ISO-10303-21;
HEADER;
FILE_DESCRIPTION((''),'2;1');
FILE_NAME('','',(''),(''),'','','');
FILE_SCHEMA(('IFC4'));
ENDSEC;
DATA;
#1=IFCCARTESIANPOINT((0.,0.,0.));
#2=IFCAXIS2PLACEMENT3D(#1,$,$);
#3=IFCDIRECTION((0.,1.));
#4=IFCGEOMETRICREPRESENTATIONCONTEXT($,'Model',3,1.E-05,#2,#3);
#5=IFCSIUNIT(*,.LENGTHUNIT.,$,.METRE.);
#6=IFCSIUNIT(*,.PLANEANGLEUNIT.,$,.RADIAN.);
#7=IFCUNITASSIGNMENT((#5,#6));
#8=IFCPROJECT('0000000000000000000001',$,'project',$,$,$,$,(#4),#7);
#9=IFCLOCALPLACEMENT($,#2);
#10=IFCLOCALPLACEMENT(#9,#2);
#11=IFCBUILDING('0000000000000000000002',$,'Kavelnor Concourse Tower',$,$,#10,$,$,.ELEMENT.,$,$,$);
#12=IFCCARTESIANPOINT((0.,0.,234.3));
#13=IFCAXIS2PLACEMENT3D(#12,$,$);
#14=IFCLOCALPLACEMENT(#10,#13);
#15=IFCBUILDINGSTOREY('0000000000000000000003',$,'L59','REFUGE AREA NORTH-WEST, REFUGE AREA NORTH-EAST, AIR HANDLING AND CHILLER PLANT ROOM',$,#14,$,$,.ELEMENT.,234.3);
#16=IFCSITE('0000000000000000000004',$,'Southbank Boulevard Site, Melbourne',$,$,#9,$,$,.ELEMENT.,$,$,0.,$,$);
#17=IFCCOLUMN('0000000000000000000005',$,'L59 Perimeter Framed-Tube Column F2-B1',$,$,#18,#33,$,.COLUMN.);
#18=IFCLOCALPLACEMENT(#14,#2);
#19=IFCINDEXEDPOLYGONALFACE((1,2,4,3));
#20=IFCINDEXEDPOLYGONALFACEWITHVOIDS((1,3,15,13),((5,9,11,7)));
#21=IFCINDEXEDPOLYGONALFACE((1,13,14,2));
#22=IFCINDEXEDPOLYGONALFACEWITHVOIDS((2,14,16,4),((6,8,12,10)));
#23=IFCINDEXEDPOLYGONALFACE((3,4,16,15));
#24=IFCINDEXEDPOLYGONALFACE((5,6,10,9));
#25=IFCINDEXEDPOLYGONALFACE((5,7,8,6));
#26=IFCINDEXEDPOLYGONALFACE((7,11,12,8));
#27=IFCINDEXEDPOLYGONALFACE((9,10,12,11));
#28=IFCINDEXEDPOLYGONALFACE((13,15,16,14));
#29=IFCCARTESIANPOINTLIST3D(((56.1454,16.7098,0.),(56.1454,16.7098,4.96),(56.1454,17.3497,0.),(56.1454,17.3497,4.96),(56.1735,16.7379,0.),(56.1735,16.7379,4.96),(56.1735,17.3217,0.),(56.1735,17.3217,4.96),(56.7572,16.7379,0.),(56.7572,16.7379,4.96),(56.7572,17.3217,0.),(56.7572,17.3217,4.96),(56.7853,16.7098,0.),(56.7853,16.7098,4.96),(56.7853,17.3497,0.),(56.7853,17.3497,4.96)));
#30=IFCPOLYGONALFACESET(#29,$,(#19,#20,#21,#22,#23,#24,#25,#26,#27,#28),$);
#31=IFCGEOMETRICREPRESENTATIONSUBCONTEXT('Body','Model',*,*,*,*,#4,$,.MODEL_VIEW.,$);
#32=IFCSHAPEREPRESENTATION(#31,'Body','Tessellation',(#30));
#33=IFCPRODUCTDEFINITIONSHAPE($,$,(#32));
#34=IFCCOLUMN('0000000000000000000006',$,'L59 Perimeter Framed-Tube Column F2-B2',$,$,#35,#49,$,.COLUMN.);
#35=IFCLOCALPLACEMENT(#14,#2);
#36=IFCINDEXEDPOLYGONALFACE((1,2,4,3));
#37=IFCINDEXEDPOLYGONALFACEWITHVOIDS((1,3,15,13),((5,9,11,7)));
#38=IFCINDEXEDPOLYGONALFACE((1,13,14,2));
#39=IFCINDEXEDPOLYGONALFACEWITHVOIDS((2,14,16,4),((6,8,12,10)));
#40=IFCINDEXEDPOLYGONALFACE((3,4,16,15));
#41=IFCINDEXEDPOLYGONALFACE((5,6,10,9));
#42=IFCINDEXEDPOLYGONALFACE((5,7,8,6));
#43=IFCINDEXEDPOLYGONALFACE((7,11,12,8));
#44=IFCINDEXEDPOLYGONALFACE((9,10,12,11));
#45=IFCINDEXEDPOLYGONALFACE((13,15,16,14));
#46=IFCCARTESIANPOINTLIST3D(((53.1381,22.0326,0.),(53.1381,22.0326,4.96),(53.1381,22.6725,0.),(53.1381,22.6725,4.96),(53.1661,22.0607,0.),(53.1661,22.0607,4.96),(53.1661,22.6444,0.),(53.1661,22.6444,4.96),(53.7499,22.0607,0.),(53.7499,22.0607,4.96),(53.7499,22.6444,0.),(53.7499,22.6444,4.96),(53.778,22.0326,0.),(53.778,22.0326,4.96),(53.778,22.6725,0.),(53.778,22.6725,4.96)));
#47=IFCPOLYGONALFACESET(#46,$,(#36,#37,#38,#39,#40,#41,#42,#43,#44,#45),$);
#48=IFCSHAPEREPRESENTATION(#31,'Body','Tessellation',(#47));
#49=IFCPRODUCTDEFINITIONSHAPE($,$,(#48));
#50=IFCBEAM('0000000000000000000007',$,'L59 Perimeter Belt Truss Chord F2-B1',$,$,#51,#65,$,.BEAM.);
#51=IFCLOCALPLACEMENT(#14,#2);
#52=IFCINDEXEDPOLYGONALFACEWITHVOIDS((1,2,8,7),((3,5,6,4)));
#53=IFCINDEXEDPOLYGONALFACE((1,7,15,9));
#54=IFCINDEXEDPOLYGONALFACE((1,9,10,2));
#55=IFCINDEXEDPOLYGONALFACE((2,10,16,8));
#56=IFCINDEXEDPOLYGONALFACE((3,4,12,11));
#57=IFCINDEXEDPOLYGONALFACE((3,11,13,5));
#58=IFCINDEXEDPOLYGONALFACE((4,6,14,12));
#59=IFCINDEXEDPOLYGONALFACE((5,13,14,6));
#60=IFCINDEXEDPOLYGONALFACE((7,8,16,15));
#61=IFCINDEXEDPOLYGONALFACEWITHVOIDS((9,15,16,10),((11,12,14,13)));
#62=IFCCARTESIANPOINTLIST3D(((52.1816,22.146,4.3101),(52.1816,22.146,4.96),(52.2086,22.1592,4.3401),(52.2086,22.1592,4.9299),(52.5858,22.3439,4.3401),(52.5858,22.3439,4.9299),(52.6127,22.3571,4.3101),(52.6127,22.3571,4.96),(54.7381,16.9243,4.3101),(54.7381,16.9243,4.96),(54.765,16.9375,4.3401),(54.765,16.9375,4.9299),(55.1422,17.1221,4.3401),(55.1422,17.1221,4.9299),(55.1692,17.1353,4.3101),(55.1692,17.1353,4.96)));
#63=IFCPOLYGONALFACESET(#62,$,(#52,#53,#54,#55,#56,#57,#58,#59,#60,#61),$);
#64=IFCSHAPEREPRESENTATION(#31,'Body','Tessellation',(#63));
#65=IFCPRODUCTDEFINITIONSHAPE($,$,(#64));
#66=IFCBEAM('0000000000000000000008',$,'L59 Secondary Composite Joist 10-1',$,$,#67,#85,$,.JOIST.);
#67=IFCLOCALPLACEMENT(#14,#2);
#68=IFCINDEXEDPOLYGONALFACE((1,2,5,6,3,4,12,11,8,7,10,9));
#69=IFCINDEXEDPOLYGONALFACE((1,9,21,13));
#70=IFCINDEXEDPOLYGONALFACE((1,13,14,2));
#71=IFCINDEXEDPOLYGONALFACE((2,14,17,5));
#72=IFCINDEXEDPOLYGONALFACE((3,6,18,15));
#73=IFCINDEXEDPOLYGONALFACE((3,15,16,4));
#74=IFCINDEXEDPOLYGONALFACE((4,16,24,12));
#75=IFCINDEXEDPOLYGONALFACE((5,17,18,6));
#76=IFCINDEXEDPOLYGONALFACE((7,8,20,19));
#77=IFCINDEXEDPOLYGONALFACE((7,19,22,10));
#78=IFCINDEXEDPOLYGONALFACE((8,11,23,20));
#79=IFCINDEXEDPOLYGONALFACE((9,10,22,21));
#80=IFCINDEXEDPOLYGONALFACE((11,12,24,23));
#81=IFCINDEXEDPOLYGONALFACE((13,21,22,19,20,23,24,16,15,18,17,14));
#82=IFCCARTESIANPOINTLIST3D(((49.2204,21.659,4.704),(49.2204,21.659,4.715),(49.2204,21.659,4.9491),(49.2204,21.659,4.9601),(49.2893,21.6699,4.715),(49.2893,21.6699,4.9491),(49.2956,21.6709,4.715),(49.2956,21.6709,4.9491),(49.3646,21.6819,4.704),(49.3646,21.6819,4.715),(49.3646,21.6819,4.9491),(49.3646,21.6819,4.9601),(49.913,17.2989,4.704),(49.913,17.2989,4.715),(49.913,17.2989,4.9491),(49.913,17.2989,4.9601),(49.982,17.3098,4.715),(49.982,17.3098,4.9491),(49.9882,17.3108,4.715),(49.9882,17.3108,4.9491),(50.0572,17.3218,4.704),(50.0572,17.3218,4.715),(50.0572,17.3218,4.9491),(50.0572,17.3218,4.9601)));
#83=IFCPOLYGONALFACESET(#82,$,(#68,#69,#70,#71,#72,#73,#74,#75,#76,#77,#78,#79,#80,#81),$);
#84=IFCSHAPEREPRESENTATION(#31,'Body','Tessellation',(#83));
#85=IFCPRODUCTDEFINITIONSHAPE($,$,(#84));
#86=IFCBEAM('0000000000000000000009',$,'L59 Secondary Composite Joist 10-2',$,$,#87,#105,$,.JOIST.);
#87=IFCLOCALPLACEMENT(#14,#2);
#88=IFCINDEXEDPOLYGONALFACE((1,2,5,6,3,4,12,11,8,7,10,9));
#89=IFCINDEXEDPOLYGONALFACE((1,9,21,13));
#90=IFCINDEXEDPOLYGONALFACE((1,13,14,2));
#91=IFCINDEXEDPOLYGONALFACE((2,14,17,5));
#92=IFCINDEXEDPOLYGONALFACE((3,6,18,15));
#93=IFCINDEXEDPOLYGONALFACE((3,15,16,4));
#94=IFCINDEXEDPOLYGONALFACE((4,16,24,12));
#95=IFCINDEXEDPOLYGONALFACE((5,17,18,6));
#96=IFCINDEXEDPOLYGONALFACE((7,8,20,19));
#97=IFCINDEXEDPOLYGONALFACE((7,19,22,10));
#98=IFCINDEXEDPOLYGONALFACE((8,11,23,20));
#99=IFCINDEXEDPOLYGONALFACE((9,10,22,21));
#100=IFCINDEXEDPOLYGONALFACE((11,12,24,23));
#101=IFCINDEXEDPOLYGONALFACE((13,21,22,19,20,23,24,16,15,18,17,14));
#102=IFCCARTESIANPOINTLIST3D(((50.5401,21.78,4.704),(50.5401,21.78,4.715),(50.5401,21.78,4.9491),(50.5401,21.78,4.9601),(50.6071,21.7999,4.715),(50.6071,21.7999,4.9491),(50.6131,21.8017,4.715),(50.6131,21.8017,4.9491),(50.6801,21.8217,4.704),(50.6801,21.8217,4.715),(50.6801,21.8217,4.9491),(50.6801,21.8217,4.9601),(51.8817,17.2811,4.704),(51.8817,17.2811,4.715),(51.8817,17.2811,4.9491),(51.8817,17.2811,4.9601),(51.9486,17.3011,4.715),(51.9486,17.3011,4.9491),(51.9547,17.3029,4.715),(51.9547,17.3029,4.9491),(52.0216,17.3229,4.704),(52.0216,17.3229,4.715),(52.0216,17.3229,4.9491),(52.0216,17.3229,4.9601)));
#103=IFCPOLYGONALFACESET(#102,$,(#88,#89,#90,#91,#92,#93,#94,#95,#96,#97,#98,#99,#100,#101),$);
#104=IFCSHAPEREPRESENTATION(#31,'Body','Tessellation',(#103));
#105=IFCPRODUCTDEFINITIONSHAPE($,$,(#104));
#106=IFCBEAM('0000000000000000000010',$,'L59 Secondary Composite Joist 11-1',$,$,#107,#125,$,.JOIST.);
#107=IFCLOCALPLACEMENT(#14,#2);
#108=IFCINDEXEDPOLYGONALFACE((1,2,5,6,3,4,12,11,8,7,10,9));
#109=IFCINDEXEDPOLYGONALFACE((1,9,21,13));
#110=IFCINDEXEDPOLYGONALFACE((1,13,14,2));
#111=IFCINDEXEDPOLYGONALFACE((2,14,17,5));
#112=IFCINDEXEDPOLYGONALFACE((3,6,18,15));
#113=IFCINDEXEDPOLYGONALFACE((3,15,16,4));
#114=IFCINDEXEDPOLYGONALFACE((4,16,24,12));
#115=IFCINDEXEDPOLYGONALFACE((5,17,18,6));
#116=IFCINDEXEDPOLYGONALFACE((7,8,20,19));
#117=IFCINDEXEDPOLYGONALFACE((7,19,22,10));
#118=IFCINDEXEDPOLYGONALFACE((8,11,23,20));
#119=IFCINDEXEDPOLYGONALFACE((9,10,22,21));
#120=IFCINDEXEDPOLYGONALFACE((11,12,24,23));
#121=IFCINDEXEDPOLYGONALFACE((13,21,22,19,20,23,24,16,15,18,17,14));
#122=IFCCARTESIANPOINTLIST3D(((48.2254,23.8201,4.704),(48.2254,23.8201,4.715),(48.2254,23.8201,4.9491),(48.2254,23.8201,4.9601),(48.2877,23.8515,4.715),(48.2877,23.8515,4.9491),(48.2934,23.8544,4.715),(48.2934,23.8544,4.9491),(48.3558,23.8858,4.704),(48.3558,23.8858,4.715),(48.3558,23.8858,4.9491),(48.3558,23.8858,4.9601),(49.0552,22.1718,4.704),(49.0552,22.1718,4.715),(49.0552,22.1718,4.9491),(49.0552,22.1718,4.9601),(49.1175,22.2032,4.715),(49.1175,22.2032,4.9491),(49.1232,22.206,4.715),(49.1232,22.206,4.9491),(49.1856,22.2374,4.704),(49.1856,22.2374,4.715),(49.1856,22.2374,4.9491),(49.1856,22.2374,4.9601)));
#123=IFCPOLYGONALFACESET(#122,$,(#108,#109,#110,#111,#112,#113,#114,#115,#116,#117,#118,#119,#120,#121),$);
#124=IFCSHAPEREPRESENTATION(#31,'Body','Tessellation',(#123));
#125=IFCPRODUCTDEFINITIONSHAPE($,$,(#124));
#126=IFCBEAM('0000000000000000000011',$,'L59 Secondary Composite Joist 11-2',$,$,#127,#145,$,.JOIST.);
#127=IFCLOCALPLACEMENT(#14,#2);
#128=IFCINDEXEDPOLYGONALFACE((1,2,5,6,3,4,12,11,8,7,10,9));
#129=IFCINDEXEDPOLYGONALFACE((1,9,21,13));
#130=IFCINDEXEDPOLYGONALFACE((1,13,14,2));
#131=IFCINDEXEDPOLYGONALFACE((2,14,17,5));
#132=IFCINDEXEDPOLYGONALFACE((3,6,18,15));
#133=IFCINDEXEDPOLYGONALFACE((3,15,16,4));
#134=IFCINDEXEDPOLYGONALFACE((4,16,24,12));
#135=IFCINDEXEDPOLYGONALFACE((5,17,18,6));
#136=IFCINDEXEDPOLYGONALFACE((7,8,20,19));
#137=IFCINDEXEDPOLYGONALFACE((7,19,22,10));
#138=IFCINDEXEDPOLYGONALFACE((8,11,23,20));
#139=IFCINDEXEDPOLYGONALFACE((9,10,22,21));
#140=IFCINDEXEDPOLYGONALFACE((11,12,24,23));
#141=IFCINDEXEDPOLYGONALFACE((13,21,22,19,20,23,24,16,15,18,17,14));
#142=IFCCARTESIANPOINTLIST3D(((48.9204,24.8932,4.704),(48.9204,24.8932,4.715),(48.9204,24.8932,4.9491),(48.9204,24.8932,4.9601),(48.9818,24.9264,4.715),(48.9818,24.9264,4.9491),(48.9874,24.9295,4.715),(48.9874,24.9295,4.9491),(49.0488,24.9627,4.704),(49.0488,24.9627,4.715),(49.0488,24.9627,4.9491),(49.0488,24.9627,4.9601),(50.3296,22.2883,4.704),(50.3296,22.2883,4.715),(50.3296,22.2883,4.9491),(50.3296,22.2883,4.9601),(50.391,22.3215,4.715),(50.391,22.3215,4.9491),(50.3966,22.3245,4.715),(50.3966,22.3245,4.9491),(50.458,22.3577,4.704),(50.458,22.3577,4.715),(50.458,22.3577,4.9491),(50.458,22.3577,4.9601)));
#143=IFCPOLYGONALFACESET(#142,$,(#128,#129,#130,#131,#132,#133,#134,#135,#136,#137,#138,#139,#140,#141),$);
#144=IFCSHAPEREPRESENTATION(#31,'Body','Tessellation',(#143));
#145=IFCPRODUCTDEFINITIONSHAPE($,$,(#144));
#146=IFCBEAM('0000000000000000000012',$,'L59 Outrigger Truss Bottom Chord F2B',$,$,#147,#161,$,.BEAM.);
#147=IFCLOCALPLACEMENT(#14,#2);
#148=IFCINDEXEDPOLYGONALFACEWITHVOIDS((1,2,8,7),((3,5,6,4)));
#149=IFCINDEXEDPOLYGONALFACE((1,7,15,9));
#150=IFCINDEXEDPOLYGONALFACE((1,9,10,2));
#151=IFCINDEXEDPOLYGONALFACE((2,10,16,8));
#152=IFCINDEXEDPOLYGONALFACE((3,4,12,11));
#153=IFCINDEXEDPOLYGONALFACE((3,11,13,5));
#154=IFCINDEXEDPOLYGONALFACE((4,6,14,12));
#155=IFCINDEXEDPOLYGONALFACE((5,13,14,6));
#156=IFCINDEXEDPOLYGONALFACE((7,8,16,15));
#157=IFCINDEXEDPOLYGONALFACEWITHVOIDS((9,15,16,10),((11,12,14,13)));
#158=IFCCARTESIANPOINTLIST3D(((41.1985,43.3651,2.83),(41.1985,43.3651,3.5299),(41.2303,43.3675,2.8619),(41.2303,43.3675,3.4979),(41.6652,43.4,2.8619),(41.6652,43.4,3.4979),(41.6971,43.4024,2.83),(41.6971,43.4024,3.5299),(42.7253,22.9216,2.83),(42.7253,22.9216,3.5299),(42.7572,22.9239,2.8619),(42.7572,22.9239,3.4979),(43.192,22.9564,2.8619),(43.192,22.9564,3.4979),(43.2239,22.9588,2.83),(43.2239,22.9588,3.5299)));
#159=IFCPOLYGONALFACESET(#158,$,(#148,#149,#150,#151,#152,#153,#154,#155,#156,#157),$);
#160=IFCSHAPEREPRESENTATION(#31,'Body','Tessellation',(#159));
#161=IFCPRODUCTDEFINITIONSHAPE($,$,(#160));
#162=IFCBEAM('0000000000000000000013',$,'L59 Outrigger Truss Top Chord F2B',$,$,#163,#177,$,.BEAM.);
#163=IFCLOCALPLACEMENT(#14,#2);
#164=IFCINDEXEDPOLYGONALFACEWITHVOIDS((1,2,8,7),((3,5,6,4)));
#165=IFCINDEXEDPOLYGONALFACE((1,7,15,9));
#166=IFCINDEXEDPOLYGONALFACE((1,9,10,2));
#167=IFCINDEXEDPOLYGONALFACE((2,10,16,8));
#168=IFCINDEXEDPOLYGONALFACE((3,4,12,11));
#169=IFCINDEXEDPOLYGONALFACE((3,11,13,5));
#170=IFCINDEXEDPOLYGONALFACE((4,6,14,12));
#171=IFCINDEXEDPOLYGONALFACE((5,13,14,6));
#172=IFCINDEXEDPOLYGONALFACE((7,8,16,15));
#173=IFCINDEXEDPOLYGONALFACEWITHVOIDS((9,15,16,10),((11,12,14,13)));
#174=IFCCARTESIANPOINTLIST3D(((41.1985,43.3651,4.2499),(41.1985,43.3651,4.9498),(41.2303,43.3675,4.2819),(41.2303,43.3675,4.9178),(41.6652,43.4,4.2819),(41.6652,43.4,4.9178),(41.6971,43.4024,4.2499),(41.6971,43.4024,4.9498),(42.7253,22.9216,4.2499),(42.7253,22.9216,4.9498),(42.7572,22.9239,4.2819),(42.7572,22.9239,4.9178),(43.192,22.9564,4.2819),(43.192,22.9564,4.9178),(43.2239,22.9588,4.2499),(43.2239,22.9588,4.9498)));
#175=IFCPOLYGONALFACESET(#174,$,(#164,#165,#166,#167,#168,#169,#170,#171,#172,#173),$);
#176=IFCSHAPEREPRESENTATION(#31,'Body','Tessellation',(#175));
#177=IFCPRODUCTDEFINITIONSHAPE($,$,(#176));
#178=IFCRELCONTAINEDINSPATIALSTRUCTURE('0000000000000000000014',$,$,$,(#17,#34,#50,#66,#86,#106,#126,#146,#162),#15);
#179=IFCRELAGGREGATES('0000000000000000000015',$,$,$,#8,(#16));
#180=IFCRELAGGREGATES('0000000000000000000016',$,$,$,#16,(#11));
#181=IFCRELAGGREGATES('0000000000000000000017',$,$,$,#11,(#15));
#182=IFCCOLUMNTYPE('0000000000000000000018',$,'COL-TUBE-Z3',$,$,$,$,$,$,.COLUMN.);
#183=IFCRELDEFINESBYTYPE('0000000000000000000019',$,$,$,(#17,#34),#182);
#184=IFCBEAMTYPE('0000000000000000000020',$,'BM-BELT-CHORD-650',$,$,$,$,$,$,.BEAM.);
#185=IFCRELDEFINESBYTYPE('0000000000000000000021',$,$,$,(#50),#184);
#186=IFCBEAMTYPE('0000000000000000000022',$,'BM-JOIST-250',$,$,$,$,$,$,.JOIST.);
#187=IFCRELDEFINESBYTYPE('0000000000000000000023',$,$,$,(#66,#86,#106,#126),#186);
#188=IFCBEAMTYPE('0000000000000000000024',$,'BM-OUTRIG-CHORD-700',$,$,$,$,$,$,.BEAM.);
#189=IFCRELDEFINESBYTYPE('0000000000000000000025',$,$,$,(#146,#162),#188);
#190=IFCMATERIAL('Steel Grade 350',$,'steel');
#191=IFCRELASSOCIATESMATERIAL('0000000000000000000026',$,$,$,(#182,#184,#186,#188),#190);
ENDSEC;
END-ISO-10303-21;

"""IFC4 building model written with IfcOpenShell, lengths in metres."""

from ifc_helpers import new_model, si_unit, direction, frame, origin, origin_2d, place, context, subcontext, project, spatial, hollow_rectangle, i_section, extrude, material, material_profile, profile_set, type_object, element, save


model = new_model("IFC4")

# Units and contexts
model_context = context("Model", 3, precision=1e-05, world=origin(), true_north=direction((0.0, 1.0)))
body_context = subcontext(model_context, "Body", "Model", "MODEL_VIEW")
ifc_project = project(units=[si_unit("LENGTHUNIT", "METRE"), si_unit("PLANEANGLEUNIT", "RADIAN")], contexts=[model_context])

# Site, building, storey
site_placement = place(None, origin())
site = spatial("IfcSite", under=ifc_project, at=site_placement, Name="Southbank Boulevard Site, Melbourne", CompositionType="ELEMENT", RefElevation=0.0)
building_placement = place(site_placement, origin())
building = spatial("IfcBuilding", under=site, at=building_placement, Name="Kavelnor Concourse Tower", CompositionType="ELEMENT")
storey_placement = place(building_placement, frame((0.0, 0.0, 234.3)))
storey = spatial("IfcBuildingStorey", under=building, at=storey_placement, Name="L59", Description="REFUGE AREA NORTH-WEST, REFUGE AREA NORTH-EAST, AIR HANDLING AND CHILLER PLANT ROOM", CompositionType="ELEMENT", Elevation=234.3)

# Columns
ifc_material_1 = material(Name="Steel Grade 350", Category="steel")
ifc_material_profile_1 = material_profile(ifc_material_1, hollow_rectangle(XDim=0.6399, YDim=0.6399, WallThickness=0.0281, at=origin_2d()), Name="SHS 640x640x28")
ifc_profile_set_1 = profile_set([ifc_material_profile_1], Name="Steel Grade 350")
column_type = type_object("IfcColumnType", Name="COL-TUBE-Z3", PredefinedType="COLUMN", material=ifc_profile_set_1)
for number, where, z_axis, x_axis, name in (
    (1, (56.4653, 17.0298, 0.0), (0.0, 0.0, 1.0), (1.0, 0.0, 0.0), "L59 Perimeter Framed-Tube Column F2-B1"),
    (2, (53.458, 22.3525, 0.0), (0.0, 0.0, 1.0), (1.0, 0.0, 0.0), "L59 Perimeter Framed-Tube Column F2-B2"),
):
    element("IfcColumn", number, at=place(storey_placement, frame(where, z_axis=z_axis, x_axis=x_axis)), inside=storey, type_object=column_type, Name=name, PredefinedType="COLUMN", context=body_context, shape_type="SweptSolid", body=[
        extrude(hollow_rectangle(XDim=0.6399, YDim=0.6399, WallThickness=0.0281, at=origin_2d()), origin(), (0.0, 0.0, 1.0), 4.96),
    ])

# Beams
ifc_material_profile_2 = material_profile(ifc_material_1, hollow_rectangle(XDim=0.48, YDim=0.6499, WallThickness=0.03, at=origin_2d()), Name="RHS 650x480x30")
ifc_profile_set_2 = profile_set([ifc_material_profile_2], Name="Steel Grade 350")
beam_type_1 = type_object("IfcBeamType", Name="BM-BELT-CHORD-650", PredefinedType="BEAM", material=ifc_profile_set_2)
beam_1_placement = place(storey_placement, frame((54.9536, 17.0298, 4.635), z_axis=(-0.439706, 0.898142, 0.0), x_axis=(-0.898142, -0.439706, 0.0)))
element("IfcBeam", 3, at=beam_1_placement, inside=storey, type_object=beam_type_1, Name="L59 Perimeter Belt Truss Chord F2-B1", PredefinedType="BEAM", context=body_context, shape_type="SweptSolid", body=[
    extrude(hollow_rectangle(XDim=0.48, YDim=0.6499, WallThickness=0.03, at=origin_2d()), origin(), (0.0, 0.0, 1.0), 5.814),
])
ifc_material_profile_3 = material_profile(ifc_material_1, i_section(OverallWidth=0.146, OverallDepth=0.2561, WebThickness=0.0063, FlangeThickness=0.011, at=origin_2d()), Name="250UB37")
ifc_profile_set_3 = profile_set([ifc_material_profile_3], Name="Steel Grade 350")
beam_type_2 = type_object("IfcBeamType", Name="BM-JOIST-250", PredefinedType="JOIST", material=ifc_profile_set_3)
beam_2_placement = place(storey_placement, frame((49.9851, 17.3103, 4.832), z_axis=(-0.156888, 0.987616, 0.0), x_axis=(-0.987616, -0.156888, 0.0)))
element("IfcBeam", 4, at=beam_2_placement, inside=storey, type_object=beam_type_2, Name="L59 Secondary Composite Joist 10-1", PredefinedType="JOIST", context=body_context, shape_type="SweptSolid", body=[
    extrude(i_section(OverallWidth=0.146, OverallDepth=0.2561, WebThickness=0.0063, FlangeThickness=0.011, at=origin_2d()), origin(), (0.0, 0.0, 1.0), 4.4148),
])
beam_3_placement = place(storey_placement, frame((51.9517, 17.302, 4.832), z_axis=(-0.285768, 0.958299, 0.0), x_axis=(-0.958299, -0.285768, 0.0)))
element("IfcBeam", 5, at=beam_3_placement, inside=storey, type_object=beam_type_2, Name="L59 Secondary Composite Joist 10-2", PredefinedType="JOIST", context=body_context, shape_type="SweptSolid", body=[
    extrude(i_section(OverallWidth=0.146, OverallDepth=0.2561, WebThickness=0.0063, FlangeThickness=0.011, at=origin_2d()), origin(), (0.0, 0.0, 1.0), 4.6946),
])
beam_4_placement = place(storey_placement, frame((49.1204, 22.2046, 4.832), z_axis=(-0.449646, 0.893207, 0.0), x_axis=(-0.893207, -0.449646, 0.0)))
element("IfcBeam", 6, at=beam_4_placement, inside=storey, type_object=beam_type_2, Name="L59 Secondary Composite Joist 11-1", PredefinedType="JOIST", context=body_context, shape_type="SweptSolid", body=[
    extrude(i_section(OverallWidth=0.146, OverallDepth=0.2561, WebThickness=0.0063, FlangeThickness=0.011, at=origin_2d()), origin(), (0.0, 0.0, 1.0), 1.8455),
])
beam_5_placement = place(storey_placement, frame((50.3938, 22.323, 4.832), z_axis=(-0.4758, 0.879554, 0.0), x_axis=(-0.879554, -0.4758, 0.0)))
element("IfcBeam", 7, at=beam_5_placement, inside=storey, type_object=beam_type_2, Name="L59 Secondary Composite Joist 11-2", PredefinedType="JOIST", context=body_context, shape_type="SweptSolid", body=[
    extrude(i_section(OverallWidth=0.146, OverallDepth=0.2561, WebThickness=0.0063, FlangeThickness=0.011, at=origin_2d()), origin(), (0.0, 0.0, 1.0), 2.9617),
])
ifc_material_profile_4 = material_profile(ifc_material_1, hollow_rectangle(XDim=0.5, YDim=0.7, WallThickness=0.032, at=origin_2d()), Name="RHS 700x500x32")
ifc_profile_set_4 = profile_set([ifc_material_profile_4], Name="Steel Grade 350")
beam_type_3 = type_object("IfcBeamType", Name="BM-OUTRIG-CHORD-700", PredefinedType="BEAM", material=ifc_profile_set_4)
for number, where, z_axis, x_axis, name in (
    (8, (42.9746, 22.9402, 3.1799), (-0.074479, 0.997223, 0.0), (-0.997223, -0.074479, 0.0), "L59 Outrigger Truss Bottom Chord F2B"),
    (9, (42.9746, 22.9402, 4.5999), (-0.074479, 0.997223, 0.0), (-0.997223, -0.074479, 0.0), "L59 Outrigger Truss Top Chord F2B"),
):
    element("IfcBeam", number, at=place(storey_placement, frame(where, z_axis=z_axis, x_axis=x_axis)), inside=storey, type_object=beam_type_3, Name=name, PredefinedType="BEAM", context=body_context, shape_type="SweptSolid", body=[
        extrude(hollow_rectangle(XDim=0.5, YDim=0.7, WallThickness=0.032, at=origin_2d()), origin(), (0.0, 0.0, 1.0), 20.5005),
    ])

save(model, "model.ifc")
